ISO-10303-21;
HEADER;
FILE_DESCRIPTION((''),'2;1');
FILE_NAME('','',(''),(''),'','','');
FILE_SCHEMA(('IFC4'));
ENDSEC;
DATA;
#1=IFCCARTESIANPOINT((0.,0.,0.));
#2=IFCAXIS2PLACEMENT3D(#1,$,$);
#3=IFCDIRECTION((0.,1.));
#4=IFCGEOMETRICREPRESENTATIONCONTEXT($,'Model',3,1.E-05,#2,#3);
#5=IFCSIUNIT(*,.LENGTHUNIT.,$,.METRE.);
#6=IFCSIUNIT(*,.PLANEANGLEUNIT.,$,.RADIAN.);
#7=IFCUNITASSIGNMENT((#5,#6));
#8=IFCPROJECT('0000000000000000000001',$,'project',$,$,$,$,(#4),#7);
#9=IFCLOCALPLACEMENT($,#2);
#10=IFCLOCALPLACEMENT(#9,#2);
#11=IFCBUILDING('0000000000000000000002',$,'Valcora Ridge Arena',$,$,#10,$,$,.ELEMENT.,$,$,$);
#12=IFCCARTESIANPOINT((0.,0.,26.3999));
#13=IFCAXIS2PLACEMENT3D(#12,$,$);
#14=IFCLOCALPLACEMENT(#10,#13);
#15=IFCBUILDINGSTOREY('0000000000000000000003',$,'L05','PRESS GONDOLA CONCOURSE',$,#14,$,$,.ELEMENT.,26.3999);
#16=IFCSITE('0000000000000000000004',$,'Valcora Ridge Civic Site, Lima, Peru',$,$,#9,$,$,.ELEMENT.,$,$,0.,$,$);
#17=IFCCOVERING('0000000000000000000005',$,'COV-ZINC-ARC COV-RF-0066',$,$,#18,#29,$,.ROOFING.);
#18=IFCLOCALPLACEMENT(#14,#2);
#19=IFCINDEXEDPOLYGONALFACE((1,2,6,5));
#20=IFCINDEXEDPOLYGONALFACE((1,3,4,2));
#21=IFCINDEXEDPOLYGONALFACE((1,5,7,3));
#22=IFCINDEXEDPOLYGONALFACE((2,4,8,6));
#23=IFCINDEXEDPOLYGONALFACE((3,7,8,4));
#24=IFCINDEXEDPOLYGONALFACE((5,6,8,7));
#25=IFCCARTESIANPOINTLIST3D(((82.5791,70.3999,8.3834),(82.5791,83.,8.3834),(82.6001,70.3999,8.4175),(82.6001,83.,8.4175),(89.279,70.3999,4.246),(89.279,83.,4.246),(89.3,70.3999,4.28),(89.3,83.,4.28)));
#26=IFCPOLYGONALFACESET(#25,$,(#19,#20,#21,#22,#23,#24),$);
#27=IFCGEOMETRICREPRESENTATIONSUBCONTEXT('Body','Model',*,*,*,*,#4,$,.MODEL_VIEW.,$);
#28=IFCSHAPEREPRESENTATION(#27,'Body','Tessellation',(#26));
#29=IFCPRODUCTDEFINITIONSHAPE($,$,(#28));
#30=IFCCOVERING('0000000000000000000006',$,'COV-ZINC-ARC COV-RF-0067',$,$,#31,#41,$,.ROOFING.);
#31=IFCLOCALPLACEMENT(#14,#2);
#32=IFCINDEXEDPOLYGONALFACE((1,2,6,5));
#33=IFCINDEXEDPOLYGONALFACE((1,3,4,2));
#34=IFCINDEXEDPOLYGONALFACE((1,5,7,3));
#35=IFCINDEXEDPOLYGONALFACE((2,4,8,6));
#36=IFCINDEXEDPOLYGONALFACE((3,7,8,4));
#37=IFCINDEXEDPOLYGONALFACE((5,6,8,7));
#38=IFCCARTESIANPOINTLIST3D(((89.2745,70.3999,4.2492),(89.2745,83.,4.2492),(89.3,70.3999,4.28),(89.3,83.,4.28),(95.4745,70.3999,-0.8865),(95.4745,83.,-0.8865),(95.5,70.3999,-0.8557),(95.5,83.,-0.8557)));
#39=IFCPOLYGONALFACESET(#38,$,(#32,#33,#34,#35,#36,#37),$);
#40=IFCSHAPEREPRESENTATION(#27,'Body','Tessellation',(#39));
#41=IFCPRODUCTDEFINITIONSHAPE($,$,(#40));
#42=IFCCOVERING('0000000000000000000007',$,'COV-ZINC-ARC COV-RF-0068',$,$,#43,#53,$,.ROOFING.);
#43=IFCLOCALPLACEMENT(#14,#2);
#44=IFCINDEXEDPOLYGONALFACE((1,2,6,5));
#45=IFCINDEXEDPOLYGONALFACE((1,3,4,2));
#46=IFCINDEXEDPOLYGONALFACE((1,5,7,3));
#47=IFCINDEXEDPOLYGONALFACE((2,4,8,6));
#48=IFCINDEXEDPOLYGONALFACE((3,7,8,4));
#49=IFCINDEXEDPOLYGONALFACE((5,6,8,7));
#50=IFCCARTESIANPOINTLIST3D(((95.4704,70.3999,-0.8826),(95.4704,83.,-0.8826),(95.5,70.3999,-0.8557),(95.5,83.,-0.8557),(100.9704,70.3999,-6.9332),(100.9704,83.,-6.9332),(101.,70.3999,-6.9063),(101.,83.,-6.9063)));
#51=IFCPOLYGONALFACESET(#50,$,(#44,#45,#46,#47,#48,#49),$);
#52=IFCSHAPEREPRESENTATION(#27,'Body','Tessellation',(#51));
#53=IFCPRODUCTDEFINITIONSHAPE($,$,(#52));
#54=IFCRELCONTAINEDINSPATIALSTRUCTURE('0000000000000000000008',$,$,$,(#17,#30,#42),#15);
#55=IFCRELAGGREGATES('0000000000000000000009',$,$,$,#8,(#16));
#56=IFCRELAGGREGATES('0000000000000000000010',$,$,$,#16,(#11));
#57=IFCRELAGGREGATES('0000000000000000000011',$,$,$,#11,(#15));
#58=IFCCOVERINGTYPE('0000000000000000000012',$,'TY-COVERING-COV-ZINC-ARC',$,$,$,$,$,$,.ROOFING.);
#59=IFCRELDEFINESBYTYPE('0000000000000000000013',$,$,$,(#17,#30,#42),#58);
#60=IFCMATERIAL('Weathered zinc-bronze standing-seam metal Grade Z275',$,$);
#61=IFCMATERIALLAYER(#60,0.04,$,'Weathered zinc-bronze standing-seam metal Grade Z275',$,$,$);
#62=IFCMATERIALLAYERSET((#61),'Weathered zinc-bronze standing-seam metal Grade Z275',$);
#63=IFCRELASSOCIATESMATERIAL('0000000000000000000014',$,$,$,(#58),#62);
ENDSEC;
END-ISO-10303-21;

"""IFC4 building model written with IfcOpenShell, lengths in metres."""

from ifc_helpers import new_model, si_unit, direction, frame, origin, place, context, subcontext, project, spatial, polyline, outline, extrude, material, layer, layer_set, type_object, element, save


model = new_model("IFC4")

# Units and contexts
model_context = context("Model", 3, precision=1e-05, world=origin(), true_north=direction((0.0, 1.0)))
body_context = subcontext(model_context, "Body", "Model", "MODEL_VIEW")
ifc_project = project(units=[si_unit("LENGTHUNIT", "METRE"), si_unit("PLANEANGLEUNIT", "RADIAN")], contexts=[model_context])

# Site, building, storey
site_placement = place(None, origin())
site = spatial("IfcSite", under=ifc_project, at=site_placement, Name="Valcora Ridge Civic Site, Lima, Peru", CompositionType="ELEMENT", RefElevation=0.0)
building_placement = place(site_placement, origin())
building = spatial("IfcBuilding", under=site, at=building_placement, Name="Valcora Ridge Arena", CompositionType="ELEMENT")
storey_placement = place(building_placement, frame((0.0, 0.0, 26.3999)))
storey = spatial("IfcBuildingStorey", under=building, at=storey_placement, Name="L05", Description="PRESS GONDOLA CONCOURSE", CompositionType="ELEMENT", Elevation=26.3999)

# Coverings
ifc_material_1 = material(Name="Weathered zinc-bronze standing-seam metal Grade Z275")
ifc_layer_1 = layer(ifc_material_1, 0.04, Name="Weathered zinc-bronze standing-seam metal Grade Z275")
ifc_layer_set_1 = layer_set([ifc_layer_1], Name="Weathered zinc-bronze standing-seam metal Grade Z275")
covering_type = type_object("IfcCoveringType", Name="TY-COVERING-COV-ZINC-ARC", PredefinedType="ROOFING", material=ifc_layer_set_1)
covering_1_placement = place(storey_placement, frame((82.6001, 70.3999, 8.4175), z_axis=(0.525424, 0.0, 0.850841), x_axis=(0.850841, 0.0, -0.525424)))
element("IfcCovering", 1, at=covering_1_placement, inside=storey, type_object=covering_type, Name="COV-ZINC-ARC COV-RF-0066", PredefinedType="ROOFING", context=body_context, shape_type="SweptSolid", body=[
    extrude(outline(polyline([(0.0, 0.0), (7.8745, 0.0), (7.8745, 12.6001), (0.0, 12.6001), (0.0, 0.0)])), origin(), (0.0, 0.0, -1.0), 0.04),
])
covering_2_placement = place(storey_placement, frame((89.3, 70.3999, 4.28), z_axis=(0.637918, 0.0, 0.770105), x_axis=(0.770105, 0.0, -0.637918)))
element("IfcCovering", 2, at=covering_2_placement, inside=storey, type_object=covering_type, Name="COV-ZINC-ARC COV-RF-0067", PredefinedType="ROOFING", context=body_context, shape_type="SweptSolid", body=[
    extrude(outline(polyline([(0.0, 0.0), (8.0508, 0.0), (8.0508, 12.6001), (0.0, 12.6001), (0.0, 0.0)])), origin(), (0.0, 0.0, -1.0), 0.04),
])
covering_3_placement = place(storey_placement, frame((95.5, 70.3999, -0.8557), z_axis=(0.73997, 0.0, 0.67264), x_axis=(0.67264, 0.0, -0.73997)))
element("IfcCovering", 3, at=covering_3_placement, inside=storey, type_object=covering_type, Name="COV-ZINC-ARC COV-RF-0068", PredefinedType="ROOFING", context=body_context, shape_type="SweptSolid", body=[
    extrude(outline(polyline([(0.0, 0.0), (8.1767, 0.0), (8.1767, 12.6001), (0.0, 12.6001), (0.0, 0.0)])), origin(), (0.0, 0.0, -1.0), 0.04),
])

save(model, "model.ifc")
